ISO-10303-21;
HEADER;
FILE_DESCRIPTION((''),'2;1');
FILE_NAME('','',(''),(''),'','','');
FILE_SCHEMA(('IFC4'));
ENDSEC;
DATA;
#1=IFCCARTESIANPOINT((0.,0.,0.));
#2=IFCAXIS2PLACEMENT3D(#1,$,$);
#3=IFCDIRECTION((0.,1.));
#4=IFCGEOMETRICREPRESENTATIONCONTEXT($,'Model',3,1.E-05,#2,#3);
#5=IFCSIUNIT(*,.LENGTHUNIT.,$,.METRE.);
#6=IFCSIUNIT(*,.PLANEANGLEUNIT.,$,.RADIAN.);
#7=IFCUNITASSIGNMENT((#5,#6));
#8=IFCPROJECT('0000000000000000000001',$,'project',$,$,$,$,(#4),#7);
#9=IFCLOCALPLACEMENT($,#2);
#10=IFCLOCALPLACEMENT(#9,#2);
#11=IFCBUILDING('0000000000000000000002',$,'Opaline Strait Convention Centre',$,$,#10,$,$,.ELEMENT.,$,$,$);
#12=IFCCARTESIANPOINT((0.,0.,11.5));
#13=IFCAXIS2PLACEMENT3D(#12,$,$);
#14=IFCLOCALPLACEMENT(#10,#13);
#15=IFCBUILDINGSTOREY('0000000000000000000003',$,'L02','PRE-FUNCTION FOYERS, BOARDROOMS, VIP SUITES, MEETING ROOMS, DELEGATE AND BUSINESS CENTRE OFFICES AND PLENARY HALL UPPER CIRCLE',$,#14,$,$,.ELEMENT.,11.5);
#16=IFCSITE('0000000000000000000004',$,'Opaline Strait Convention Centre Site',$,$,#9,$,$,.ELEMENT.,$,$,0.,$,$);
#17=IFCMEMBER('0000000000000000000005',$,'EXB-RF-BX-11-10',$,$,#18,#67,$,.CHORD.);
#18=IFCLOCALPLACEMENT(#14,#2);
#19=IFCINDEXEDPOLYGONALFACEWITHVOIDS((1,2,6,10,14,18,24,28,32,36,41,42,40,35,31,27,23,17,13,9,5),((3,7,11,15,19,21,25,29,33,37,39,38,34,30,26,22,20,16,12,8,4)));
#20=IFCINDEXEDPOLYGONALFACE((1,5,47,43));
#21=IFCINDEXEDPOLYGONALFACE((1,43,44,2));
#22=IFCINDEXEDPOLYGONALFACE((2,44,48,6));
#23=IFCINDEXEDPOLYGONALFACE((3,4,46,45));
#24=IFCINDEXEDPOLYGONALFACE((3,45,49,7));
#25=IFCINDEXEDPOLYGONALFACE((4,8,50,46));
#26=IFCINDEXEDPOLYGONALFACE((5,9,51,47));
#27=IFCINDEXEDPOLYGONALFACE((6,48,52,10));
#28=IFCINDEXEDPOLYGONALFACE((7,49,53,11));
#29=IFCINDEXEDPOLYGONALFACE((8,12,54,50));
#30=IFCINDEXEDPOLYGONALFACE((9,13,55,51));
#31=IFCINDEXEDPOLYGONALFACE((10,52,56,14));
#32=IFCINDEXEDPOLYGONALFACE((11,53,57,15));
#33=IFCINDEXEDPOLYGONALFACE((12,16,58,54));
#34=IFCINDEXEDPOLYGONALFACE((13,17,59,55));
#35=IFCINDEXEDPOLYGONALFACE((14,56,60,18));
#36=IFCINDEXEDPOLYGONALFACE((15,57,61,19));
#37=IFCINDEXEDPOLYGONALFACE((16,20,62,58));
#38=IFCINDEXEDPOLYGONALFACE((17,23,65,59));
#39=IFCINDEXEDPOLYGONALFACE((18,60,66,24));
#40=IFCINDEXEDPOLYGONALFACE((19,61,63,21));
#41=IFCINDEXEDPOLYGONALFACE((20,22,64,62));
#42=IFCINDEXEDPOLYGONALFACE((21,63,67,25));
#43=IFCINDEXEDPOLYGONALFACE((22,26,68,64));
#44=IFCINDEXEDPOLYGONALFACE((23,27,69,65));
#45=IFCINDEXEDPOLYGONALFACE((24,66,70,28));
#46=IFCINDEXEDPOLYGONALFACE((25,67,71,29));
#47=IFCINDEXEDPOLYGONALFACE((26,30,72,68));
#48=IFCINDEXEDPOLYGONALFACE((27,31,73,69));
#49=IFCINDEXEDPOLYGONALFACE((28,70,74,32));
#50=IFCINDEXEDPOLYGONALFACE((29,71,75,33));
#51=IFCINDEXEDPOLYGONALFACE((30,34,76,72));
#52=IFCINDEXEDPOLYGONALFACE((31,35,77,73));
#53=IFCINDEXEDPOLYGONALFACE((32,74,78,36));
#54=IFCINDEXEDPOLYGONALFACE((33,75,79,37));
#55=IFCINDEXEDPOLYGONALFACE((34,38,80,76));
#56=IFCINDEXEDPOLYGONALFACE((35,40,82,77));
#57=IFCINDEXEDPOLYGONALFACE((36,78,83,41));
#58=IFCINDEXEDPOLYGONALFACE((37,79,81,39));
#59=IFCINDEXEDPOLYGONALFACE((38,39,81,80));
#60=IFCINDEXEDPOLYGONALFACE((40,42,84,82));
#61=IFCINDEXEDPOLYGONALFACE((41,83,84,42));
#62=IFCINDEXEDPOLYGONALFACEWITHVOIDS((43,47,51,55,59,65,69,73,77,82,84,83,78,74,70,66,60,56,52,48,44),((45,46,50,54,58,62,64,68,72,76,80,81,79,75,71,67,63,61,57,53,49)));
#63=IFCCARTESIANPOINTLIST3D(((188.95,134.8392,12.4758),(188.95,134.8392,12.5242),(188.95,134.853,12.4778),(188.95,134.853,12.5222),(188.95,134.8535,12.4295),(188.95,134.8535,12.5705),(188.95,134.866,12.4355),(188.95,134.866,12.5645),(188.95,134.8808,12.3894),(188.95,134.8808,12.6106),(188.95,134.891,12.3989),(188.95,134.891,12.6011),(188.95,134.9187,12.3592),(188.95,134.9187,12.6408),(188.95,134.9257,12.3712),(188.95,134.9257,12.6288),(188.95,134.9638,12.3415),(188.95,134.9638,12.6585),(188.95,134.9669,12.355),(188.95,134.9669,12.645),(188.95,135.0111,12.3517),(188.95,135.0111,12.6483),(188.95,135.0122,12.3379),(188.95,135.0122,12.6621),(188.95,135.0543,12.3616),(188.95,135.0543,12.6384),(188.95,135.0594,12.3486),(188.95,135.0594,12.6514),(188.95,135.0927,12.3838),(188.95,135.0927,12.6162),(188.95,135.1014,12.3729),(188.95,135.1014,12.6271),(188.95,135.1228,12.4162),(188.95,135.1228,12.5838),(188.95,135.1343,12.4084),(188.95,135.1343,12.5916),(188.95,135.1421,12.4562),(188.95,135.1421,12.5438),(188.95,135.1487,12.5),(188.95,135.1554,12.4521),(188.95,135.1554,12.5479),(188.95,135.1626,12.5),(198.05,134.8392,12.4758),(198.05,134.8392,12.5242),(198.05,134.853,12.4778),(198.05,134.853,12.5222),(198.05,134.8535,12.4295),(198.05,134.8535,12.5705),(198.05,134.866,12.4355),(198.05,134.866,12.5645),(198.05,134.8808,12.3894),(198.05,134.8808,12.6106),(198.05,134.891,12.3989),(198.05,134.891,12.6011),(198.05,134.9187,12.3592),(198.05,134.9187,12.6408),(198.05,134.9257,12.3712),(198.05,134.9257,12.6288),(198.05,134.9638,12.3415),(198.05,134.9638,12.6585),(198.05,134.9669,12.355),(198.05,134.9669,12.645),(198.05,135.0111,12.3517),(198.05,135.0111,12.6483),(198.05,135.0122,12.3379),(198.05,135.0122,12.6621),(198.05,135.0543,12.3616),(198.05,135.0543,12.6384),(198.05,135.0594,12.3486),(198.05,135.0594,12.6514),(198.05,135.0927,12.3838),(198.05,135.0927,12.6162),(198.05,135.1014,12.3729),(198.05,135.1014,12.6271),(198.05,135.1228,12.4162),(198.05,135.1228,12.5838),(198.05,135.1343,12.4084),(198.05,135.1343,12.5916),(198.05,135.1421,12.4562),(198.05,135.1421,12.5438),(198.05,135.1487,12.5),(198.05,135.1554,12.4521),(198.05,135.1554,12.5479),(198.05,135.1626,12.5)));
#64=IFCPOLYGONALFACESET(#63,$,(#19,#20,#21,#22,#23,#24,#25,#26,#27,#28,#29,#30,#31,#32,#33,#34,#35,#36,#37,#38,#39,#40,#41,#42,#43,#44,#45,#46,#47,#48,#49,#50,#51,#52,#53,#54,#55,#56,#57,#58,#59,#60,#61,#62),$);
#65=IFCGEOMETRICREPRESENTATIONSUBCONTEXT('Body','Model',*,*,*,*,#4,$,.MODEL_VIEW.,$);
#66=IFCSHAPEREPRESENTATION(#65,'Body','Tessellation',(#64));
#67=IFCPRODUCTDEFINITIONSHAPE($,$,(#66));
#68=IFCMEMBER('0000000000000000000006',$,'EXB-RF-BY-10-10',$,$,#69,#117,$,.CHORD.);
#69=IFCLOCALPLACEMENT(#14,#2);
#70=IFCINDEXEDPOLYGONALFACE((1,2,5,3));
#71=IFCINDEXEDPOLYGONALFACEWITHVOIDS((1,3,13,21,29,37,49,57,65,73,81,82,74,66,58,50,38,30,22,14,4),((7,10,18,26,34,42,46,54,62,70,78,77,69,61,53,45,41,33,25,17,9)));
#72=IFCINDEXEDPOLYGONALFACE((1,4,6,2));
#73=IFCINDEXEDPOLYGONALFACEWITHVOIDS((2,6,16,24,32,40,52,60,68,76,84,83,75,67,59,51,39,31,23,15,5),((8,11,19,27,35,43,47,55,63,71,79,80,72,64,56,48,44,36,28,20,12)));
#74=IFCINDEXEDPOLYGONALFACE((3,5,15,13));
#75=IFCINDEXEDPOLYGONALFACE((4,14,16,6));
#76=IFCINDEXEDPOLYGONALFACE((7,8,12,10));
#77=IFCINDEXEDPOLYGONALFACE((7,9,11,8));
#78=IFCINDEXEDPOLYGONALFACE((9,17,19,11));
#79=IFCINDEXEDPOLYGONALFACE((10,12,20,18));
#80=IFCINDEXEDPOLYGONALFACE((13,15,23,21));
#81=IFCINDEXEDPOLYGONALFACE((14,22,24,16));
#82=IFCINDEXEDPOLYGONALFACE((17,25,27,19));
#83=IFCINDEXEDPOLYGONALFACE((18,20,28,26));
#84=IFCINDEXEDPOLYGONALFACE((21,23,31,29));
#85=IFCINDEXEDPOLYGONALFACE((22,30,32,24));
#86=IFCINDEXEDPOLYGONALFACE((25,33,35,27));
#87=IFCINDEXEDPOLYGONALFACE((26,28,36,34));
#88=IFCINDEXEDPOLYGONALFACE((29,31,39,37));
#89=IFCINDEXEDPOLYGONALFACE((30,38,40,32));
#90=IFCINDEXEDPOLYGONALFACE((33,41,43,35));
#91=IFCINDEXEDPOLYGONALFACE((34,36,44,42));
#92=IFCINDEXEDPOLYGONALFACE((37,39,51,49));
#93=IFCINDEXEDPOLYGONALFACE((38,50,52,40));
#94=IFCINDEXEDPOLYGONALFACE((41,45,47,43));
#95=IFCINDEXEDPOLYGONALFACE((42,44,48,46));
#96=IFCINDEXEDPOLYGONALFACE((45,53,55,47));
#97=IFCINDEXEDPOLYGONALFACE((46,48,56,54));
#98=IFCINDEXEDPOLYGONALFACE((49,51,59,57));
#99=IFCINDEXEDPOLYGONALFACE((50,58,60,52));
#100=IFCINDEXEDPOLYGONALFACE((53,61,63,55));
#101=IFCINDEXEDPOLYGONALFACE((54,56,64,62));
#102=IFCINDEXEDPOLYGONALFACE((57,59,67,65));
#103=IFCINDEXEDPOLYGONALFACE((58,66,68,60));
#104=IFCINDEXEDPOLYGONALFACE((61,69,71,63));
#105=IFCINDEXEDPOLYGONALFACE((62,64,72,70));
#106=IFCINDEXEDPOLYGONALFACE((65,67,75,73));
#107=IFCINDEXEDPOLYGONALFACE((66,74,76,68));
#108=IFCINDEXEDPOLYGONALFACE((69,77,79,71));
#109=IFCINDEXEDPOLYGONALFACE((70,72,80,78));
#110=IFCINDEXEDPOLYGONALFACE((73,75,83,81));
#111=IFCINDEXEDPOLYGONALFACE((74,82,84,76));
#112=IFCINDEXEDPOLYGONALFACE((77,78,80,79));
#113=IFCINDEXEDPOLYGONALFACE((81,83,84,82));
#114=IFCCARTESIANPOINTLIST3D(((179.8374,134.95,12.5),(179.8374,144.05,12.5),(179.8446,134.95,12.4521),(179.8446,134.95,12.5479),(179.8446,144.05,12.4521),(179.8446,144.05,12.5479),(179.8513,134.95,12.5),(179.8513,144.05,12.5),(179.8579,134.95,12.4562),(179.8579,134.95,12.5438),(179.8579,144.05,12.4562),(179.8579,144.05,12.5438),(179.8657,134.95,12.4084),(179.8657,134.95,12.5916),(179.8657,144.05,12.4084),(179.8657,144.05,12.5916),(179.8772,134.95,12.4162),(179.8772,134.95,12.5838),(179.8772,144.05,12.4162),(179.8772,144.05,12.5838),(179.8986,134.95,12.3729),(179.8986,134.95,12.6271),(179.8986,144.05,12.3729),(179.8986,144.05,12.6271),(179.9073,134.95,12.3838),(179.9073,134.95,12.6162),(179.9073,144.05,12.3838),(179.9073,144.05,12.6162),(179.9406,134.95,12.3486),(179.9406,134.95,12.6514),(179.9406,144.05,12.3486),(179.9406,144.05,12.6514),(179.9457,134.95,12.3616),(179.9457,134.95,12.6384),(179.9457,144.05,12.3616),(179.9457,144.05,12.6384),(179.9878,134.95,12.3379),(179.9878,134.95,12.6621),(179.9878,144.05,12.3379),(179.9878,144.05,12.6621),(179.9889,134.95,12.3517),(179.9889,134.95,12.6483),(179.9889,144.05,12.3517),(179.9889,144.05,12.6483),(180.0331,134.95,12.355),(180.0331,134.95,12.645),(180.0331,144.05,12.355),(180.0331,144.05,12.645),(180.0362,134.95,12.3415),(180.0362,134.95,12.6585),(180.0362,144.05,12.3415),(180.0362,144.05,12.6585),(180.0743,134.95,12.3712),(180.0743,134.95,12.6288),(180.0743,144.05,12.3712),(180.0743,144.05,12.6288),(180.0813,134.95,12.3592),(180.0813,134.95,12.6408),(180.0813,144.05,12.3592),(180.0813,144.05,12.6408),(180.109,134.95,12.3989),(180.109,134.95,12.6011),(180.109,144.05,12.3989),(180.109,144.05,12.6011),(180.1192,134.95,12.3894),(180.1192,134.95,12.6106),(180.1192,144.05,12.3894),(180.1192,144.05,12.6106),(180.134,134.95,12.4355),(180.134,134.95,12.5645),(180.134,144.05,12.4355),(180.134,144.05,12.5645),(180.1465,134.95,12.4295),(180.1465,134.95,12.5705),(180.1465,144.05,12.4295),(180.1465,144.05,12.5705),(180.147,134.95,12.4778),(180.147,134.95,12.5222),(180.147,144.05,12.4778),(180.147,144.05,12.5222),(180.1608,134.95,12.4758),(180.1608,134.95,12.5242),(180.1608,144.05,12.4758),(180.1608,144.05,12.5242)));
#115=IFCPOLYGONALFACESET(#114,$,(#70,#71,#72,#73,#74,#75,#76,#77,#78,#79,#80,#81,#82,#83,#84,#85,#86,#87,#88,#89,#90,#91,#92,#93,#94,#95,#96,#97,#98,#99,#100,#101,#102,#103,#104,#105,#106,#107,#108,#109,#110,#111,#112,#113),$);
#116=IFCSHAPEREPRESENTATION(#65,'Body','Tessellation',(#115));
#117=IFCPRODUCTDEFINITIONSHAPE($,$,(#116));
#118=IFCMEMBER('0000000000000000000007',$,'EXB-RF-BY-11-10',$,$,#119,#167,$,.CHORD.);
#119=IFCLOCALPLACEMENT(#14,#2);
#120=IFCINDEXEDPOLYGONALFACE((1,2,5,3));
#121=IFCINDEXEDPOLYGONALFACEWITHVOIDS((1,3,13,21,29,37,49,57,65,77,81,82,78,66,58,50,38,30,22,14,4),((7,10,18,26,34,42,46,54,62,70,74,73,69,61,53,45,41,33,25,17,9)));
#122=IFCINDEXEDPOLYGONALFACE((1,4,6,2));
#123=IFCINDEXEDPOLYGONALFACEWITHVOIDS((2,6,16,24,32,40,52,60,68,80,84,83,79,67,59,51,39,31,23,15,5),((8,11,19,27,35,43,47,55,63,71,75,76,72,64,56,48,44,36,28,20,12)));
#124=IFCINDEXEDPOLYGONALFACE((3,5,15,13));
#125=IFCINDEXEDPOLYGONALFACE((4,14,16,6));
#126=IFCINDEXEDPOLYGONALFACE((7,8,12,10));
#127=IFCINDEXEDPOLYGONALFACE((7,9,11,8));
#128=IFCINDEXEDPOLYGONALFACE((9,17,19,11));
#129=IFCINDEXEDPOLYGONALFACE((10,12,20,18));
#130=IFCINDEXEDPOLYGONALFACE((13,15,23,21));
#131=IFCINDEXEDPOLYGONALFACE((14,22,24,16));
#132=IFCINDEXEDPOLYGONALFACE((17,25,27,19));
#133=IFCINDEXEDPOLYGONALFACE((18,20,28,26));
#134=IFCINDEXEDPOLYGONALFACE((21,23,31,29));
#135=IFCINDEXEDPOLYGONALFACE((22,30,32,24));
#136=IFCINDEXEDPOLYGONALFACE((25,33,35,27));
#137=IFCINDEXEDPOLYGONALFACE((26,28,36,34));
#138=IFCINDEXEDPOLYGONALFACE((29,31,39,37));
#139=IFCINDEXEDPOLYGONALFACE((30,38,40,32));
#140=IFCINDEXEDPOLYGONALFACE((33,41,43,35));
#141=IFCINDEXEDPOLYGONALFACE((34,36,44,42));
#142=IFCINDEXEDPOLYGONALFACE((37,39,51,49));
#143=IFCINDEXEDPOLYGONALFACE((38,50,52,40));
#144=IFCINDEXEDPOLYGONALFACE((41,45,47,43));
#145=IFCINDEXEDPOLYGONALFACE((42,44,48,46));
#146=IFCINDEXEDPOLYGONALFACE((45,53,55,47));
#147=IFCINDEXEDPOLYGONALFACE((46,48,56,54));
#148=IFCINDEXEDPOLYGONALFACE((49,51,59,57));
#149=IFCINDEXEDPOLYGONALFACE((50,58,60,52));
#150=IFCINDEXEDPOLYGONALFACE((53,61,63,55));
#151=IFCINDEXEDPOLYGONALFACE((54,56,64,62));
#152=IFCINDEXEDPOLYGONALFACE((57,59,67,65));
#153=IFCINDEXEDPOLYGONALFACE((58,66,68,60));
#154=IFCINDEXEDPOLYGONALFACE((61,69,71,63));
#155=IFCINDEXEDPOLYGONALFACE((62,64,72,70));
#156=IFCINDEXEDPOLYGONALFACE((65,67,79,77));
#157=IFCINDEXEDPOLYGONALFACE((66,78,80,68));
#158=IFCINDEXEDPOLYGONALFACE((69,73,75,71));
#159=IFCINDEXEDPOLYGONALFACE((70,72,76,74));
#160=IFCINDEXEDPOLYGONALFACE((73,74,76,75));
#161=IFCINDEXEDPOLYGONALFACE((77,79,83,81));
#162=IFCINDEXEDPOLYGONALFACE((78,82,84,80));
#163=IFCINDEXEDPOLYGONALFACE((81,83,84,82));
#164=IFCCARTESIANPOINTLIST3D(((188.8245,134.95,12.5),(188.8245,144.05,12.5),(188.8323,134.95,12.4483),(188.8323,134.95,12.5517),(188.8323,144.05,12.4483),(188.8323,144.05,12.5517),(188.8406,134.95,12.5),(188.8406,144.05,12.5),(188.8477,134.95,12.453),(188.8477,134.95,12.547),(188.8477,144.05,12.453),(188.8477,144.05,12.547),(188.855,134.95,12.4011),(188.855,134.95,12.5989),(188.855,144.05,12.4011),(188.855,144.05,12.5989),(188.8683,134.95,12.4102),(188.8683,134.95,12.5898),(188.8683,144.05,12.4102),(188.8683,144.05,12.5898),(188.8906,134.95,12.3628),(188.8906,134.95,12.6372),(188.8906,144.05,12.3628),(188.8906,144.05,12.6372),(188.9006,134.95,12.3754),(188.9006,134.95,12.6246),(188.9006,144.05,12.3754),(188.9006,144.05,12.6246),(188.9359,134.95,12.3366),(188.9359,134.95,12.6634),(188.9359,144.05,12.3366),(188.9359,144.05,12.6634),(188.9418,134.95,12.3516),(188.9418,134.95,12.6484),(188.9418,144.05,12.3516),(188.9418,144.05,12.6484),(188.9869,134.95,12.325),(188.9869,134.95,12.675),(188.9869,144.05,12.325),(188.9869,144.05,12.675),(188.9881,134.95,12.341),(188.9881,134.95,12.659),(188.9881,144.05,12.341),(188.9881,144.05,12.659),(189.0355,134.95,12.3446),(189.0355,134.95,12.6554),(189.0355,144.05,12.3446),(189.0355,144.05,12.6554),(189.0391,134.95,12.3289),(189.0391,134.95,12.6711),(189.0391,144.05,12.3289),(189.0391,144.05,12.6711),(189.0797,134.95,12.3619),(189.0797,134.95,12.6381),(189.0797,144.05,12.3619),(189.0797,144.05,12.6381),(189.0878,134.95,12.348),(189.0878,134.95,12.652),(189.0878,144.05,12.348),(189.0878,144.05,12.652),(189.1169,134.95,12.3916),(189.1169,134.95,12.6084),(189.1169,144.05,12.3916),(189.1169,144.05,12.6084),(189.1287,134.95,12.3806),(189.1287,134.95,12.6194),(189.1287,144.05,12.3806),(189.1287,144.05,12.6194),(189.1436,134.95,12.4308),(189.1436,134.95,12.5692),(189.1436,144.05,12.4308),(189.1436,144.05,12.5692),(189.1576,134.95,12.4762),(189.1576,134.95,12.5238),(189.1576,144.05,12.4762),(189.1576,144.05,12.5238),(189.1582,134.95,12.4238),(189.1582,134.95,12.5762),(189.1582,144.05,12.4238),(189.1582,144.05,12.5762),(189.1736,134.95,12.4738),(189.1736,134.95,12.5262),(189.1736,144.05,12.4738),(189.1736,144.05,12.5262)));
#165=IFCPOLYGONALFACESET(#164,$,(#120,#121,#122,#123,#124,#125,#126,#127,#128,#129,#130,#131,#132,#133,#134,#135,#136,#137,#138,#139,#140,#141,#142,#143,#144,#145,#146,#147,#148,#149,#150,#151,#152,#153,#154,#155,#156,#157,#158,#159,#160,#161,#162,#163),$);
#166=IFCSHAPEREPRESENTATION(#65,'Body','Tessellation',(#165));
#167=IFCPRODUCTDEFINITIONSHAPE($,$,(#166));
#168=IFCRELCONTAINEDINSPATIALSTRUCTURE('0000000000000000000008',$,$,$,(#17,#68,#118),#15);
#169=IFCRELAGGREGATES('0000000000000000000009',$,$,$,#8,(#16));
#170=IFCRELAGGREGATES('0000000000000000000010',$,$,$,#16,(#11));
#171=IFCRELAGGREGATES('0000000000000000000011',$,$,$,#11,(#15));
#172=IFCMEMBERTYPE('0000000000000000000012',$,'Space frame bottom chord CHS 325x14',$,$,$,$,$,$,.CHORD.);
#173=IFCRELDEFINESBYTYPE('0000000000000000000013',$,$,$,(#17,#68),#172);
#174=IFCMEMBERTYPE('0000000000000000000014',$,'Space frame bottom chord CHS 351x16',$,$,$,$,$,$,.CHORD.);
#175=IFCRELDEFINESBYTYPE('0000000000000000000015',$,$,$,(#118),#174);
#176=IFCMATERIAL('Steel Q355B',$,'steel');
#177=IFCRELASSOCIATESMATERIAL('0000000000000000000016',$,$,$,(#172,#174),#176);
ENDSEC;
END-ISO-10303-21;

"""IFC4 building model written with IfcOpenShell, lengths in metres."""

from ifc_helpers import new_model, si_unit, direction, frame, origin, origin_2d, place, context, subcontext, project, spatial, hollow_circle, extrude, material, material_profile, profile_set, type_object, element, save


model = new_model("IFC4")

# Units and contexts
model_context = context("Model", 3, precision=1e-05, world=origin(), true_north=direction((0.0, 1.0)))
body_context = subcontext(model_context, "Body", "Model", "MODEL_VIEW")
ifc_project = project(units=[si_unit("LENGTHUNIT", "METRE"), si_unit("PLANEANGLEUNIT", "RADIAN")], contexts=[model_context])

# Site, building, storey
site_placement = place(None, origin())
site = spatial("IfcSite", under=ifc_project, at=site_placement, Name="Opaline Strait Convention Centre Site", CompositionType="ELEMENT", RefElevation=0.0)
building_placement = place(site_placement, origin())
building = spatial("IfcBuilding", under=site, at=building_placement, Name="Opaline Strait Convention Centre", CompositionType="ELEMENT")
storey_placement = place(building_placement, frame((0.0, 0.0, 11.5)))
storey = spatial("IfcBuildingStorey", under=building, at=storey_placement, Name="L02", Description="PRE-FUNCTION FOYERS, BOARDROOMS, VIP SUITES, MEETING ROOMS, DELEGATE AND BUSINESS CENTRE OFFICES AND PLENARY HALL UPPER CIRCLE", CompositionType="ELEMENT", Elevation=11.5)

# Members
ifc_material = material(Name="Steel Q355B", Category="steel")
ifc_material_profile_1 = material_profile(ifc_material, hollow_circle(Radius=0.1626, WallThickness=0.0139, at=origin_2d()), Name="CHS 325x14")
ifc_profile_set_1 = profile_set([ifc_material_profile_1], Name="Steel Q355B")
member_type_1 = type_object("IfcMemberType", Name="Space frame bottom chord CHS 325x14", PredefinedType="CHORD", material=ifc_profile_set_1)
for number, where, z_axis, x_axis, name in (
    (1, (188.95, 135.0, 12.5), (1.0, 0.0, 0.0), (0.0, 1.0, 0.0), "EXB-RF-BX-11-10"),
    (2, (180.0, 134.95, 12.5), (0.0, 1.0, 0.0), (-1.0, 0.0, 0.0), "EXB-RF-BY-10-10"),
):
    element("IfcMember", number, at=place(storey_placement, frame(where, z_axis=z_axis, x_axis=x_axis)), inside=storey, type_object=member_type_1, Name=name, PredefinedType="CHORD", context=body_context, shape_type="SweptSolid", body=[
        extrude(hollow_circle(Radius=0.1626, WallThickness=0.0139, at=origin_2d()), origin(), (0.0, 0.0, 1.0), 9.1001),
    ])
ifc_material_profile_2 = material_profile(ifc_material, hollow_circle(Radius=0.1755, WallThickness=0.0161, at=origin_2d()), Name="CHS 351x16")
ifc_profile_set_2 = profile_set([ifc_material_profile_2], Name="Steel Q355B")
member_type_2 = type_object("IfcMemberType", Name="Space frame bottom chord CHS 351x16", PredefinedType="CHORD", material=ifc_profile_set_2)
member_placement = place(storey_placement, frame((189.0, 134.95, 12.5), z_axis=(0.0, 1.0, 0.0), x_axis=(-1.0, 0.0, 0.0)))
element("IfcMember", 3, at=member_placement, inside=storey, type_object=member_type_2, Name="EXB-RF-BY-11-10", PredefinedType="CHORD", context=body_context, shape_type="SweptSolid", body=[
    extrude(hollow_circle(Radius=0.1755, WallThickness=0.0161, at=origin_2d()), origin(), (0.0, 0.0, 1.0), 9.1001),
])

save(model, "model.ifc")
